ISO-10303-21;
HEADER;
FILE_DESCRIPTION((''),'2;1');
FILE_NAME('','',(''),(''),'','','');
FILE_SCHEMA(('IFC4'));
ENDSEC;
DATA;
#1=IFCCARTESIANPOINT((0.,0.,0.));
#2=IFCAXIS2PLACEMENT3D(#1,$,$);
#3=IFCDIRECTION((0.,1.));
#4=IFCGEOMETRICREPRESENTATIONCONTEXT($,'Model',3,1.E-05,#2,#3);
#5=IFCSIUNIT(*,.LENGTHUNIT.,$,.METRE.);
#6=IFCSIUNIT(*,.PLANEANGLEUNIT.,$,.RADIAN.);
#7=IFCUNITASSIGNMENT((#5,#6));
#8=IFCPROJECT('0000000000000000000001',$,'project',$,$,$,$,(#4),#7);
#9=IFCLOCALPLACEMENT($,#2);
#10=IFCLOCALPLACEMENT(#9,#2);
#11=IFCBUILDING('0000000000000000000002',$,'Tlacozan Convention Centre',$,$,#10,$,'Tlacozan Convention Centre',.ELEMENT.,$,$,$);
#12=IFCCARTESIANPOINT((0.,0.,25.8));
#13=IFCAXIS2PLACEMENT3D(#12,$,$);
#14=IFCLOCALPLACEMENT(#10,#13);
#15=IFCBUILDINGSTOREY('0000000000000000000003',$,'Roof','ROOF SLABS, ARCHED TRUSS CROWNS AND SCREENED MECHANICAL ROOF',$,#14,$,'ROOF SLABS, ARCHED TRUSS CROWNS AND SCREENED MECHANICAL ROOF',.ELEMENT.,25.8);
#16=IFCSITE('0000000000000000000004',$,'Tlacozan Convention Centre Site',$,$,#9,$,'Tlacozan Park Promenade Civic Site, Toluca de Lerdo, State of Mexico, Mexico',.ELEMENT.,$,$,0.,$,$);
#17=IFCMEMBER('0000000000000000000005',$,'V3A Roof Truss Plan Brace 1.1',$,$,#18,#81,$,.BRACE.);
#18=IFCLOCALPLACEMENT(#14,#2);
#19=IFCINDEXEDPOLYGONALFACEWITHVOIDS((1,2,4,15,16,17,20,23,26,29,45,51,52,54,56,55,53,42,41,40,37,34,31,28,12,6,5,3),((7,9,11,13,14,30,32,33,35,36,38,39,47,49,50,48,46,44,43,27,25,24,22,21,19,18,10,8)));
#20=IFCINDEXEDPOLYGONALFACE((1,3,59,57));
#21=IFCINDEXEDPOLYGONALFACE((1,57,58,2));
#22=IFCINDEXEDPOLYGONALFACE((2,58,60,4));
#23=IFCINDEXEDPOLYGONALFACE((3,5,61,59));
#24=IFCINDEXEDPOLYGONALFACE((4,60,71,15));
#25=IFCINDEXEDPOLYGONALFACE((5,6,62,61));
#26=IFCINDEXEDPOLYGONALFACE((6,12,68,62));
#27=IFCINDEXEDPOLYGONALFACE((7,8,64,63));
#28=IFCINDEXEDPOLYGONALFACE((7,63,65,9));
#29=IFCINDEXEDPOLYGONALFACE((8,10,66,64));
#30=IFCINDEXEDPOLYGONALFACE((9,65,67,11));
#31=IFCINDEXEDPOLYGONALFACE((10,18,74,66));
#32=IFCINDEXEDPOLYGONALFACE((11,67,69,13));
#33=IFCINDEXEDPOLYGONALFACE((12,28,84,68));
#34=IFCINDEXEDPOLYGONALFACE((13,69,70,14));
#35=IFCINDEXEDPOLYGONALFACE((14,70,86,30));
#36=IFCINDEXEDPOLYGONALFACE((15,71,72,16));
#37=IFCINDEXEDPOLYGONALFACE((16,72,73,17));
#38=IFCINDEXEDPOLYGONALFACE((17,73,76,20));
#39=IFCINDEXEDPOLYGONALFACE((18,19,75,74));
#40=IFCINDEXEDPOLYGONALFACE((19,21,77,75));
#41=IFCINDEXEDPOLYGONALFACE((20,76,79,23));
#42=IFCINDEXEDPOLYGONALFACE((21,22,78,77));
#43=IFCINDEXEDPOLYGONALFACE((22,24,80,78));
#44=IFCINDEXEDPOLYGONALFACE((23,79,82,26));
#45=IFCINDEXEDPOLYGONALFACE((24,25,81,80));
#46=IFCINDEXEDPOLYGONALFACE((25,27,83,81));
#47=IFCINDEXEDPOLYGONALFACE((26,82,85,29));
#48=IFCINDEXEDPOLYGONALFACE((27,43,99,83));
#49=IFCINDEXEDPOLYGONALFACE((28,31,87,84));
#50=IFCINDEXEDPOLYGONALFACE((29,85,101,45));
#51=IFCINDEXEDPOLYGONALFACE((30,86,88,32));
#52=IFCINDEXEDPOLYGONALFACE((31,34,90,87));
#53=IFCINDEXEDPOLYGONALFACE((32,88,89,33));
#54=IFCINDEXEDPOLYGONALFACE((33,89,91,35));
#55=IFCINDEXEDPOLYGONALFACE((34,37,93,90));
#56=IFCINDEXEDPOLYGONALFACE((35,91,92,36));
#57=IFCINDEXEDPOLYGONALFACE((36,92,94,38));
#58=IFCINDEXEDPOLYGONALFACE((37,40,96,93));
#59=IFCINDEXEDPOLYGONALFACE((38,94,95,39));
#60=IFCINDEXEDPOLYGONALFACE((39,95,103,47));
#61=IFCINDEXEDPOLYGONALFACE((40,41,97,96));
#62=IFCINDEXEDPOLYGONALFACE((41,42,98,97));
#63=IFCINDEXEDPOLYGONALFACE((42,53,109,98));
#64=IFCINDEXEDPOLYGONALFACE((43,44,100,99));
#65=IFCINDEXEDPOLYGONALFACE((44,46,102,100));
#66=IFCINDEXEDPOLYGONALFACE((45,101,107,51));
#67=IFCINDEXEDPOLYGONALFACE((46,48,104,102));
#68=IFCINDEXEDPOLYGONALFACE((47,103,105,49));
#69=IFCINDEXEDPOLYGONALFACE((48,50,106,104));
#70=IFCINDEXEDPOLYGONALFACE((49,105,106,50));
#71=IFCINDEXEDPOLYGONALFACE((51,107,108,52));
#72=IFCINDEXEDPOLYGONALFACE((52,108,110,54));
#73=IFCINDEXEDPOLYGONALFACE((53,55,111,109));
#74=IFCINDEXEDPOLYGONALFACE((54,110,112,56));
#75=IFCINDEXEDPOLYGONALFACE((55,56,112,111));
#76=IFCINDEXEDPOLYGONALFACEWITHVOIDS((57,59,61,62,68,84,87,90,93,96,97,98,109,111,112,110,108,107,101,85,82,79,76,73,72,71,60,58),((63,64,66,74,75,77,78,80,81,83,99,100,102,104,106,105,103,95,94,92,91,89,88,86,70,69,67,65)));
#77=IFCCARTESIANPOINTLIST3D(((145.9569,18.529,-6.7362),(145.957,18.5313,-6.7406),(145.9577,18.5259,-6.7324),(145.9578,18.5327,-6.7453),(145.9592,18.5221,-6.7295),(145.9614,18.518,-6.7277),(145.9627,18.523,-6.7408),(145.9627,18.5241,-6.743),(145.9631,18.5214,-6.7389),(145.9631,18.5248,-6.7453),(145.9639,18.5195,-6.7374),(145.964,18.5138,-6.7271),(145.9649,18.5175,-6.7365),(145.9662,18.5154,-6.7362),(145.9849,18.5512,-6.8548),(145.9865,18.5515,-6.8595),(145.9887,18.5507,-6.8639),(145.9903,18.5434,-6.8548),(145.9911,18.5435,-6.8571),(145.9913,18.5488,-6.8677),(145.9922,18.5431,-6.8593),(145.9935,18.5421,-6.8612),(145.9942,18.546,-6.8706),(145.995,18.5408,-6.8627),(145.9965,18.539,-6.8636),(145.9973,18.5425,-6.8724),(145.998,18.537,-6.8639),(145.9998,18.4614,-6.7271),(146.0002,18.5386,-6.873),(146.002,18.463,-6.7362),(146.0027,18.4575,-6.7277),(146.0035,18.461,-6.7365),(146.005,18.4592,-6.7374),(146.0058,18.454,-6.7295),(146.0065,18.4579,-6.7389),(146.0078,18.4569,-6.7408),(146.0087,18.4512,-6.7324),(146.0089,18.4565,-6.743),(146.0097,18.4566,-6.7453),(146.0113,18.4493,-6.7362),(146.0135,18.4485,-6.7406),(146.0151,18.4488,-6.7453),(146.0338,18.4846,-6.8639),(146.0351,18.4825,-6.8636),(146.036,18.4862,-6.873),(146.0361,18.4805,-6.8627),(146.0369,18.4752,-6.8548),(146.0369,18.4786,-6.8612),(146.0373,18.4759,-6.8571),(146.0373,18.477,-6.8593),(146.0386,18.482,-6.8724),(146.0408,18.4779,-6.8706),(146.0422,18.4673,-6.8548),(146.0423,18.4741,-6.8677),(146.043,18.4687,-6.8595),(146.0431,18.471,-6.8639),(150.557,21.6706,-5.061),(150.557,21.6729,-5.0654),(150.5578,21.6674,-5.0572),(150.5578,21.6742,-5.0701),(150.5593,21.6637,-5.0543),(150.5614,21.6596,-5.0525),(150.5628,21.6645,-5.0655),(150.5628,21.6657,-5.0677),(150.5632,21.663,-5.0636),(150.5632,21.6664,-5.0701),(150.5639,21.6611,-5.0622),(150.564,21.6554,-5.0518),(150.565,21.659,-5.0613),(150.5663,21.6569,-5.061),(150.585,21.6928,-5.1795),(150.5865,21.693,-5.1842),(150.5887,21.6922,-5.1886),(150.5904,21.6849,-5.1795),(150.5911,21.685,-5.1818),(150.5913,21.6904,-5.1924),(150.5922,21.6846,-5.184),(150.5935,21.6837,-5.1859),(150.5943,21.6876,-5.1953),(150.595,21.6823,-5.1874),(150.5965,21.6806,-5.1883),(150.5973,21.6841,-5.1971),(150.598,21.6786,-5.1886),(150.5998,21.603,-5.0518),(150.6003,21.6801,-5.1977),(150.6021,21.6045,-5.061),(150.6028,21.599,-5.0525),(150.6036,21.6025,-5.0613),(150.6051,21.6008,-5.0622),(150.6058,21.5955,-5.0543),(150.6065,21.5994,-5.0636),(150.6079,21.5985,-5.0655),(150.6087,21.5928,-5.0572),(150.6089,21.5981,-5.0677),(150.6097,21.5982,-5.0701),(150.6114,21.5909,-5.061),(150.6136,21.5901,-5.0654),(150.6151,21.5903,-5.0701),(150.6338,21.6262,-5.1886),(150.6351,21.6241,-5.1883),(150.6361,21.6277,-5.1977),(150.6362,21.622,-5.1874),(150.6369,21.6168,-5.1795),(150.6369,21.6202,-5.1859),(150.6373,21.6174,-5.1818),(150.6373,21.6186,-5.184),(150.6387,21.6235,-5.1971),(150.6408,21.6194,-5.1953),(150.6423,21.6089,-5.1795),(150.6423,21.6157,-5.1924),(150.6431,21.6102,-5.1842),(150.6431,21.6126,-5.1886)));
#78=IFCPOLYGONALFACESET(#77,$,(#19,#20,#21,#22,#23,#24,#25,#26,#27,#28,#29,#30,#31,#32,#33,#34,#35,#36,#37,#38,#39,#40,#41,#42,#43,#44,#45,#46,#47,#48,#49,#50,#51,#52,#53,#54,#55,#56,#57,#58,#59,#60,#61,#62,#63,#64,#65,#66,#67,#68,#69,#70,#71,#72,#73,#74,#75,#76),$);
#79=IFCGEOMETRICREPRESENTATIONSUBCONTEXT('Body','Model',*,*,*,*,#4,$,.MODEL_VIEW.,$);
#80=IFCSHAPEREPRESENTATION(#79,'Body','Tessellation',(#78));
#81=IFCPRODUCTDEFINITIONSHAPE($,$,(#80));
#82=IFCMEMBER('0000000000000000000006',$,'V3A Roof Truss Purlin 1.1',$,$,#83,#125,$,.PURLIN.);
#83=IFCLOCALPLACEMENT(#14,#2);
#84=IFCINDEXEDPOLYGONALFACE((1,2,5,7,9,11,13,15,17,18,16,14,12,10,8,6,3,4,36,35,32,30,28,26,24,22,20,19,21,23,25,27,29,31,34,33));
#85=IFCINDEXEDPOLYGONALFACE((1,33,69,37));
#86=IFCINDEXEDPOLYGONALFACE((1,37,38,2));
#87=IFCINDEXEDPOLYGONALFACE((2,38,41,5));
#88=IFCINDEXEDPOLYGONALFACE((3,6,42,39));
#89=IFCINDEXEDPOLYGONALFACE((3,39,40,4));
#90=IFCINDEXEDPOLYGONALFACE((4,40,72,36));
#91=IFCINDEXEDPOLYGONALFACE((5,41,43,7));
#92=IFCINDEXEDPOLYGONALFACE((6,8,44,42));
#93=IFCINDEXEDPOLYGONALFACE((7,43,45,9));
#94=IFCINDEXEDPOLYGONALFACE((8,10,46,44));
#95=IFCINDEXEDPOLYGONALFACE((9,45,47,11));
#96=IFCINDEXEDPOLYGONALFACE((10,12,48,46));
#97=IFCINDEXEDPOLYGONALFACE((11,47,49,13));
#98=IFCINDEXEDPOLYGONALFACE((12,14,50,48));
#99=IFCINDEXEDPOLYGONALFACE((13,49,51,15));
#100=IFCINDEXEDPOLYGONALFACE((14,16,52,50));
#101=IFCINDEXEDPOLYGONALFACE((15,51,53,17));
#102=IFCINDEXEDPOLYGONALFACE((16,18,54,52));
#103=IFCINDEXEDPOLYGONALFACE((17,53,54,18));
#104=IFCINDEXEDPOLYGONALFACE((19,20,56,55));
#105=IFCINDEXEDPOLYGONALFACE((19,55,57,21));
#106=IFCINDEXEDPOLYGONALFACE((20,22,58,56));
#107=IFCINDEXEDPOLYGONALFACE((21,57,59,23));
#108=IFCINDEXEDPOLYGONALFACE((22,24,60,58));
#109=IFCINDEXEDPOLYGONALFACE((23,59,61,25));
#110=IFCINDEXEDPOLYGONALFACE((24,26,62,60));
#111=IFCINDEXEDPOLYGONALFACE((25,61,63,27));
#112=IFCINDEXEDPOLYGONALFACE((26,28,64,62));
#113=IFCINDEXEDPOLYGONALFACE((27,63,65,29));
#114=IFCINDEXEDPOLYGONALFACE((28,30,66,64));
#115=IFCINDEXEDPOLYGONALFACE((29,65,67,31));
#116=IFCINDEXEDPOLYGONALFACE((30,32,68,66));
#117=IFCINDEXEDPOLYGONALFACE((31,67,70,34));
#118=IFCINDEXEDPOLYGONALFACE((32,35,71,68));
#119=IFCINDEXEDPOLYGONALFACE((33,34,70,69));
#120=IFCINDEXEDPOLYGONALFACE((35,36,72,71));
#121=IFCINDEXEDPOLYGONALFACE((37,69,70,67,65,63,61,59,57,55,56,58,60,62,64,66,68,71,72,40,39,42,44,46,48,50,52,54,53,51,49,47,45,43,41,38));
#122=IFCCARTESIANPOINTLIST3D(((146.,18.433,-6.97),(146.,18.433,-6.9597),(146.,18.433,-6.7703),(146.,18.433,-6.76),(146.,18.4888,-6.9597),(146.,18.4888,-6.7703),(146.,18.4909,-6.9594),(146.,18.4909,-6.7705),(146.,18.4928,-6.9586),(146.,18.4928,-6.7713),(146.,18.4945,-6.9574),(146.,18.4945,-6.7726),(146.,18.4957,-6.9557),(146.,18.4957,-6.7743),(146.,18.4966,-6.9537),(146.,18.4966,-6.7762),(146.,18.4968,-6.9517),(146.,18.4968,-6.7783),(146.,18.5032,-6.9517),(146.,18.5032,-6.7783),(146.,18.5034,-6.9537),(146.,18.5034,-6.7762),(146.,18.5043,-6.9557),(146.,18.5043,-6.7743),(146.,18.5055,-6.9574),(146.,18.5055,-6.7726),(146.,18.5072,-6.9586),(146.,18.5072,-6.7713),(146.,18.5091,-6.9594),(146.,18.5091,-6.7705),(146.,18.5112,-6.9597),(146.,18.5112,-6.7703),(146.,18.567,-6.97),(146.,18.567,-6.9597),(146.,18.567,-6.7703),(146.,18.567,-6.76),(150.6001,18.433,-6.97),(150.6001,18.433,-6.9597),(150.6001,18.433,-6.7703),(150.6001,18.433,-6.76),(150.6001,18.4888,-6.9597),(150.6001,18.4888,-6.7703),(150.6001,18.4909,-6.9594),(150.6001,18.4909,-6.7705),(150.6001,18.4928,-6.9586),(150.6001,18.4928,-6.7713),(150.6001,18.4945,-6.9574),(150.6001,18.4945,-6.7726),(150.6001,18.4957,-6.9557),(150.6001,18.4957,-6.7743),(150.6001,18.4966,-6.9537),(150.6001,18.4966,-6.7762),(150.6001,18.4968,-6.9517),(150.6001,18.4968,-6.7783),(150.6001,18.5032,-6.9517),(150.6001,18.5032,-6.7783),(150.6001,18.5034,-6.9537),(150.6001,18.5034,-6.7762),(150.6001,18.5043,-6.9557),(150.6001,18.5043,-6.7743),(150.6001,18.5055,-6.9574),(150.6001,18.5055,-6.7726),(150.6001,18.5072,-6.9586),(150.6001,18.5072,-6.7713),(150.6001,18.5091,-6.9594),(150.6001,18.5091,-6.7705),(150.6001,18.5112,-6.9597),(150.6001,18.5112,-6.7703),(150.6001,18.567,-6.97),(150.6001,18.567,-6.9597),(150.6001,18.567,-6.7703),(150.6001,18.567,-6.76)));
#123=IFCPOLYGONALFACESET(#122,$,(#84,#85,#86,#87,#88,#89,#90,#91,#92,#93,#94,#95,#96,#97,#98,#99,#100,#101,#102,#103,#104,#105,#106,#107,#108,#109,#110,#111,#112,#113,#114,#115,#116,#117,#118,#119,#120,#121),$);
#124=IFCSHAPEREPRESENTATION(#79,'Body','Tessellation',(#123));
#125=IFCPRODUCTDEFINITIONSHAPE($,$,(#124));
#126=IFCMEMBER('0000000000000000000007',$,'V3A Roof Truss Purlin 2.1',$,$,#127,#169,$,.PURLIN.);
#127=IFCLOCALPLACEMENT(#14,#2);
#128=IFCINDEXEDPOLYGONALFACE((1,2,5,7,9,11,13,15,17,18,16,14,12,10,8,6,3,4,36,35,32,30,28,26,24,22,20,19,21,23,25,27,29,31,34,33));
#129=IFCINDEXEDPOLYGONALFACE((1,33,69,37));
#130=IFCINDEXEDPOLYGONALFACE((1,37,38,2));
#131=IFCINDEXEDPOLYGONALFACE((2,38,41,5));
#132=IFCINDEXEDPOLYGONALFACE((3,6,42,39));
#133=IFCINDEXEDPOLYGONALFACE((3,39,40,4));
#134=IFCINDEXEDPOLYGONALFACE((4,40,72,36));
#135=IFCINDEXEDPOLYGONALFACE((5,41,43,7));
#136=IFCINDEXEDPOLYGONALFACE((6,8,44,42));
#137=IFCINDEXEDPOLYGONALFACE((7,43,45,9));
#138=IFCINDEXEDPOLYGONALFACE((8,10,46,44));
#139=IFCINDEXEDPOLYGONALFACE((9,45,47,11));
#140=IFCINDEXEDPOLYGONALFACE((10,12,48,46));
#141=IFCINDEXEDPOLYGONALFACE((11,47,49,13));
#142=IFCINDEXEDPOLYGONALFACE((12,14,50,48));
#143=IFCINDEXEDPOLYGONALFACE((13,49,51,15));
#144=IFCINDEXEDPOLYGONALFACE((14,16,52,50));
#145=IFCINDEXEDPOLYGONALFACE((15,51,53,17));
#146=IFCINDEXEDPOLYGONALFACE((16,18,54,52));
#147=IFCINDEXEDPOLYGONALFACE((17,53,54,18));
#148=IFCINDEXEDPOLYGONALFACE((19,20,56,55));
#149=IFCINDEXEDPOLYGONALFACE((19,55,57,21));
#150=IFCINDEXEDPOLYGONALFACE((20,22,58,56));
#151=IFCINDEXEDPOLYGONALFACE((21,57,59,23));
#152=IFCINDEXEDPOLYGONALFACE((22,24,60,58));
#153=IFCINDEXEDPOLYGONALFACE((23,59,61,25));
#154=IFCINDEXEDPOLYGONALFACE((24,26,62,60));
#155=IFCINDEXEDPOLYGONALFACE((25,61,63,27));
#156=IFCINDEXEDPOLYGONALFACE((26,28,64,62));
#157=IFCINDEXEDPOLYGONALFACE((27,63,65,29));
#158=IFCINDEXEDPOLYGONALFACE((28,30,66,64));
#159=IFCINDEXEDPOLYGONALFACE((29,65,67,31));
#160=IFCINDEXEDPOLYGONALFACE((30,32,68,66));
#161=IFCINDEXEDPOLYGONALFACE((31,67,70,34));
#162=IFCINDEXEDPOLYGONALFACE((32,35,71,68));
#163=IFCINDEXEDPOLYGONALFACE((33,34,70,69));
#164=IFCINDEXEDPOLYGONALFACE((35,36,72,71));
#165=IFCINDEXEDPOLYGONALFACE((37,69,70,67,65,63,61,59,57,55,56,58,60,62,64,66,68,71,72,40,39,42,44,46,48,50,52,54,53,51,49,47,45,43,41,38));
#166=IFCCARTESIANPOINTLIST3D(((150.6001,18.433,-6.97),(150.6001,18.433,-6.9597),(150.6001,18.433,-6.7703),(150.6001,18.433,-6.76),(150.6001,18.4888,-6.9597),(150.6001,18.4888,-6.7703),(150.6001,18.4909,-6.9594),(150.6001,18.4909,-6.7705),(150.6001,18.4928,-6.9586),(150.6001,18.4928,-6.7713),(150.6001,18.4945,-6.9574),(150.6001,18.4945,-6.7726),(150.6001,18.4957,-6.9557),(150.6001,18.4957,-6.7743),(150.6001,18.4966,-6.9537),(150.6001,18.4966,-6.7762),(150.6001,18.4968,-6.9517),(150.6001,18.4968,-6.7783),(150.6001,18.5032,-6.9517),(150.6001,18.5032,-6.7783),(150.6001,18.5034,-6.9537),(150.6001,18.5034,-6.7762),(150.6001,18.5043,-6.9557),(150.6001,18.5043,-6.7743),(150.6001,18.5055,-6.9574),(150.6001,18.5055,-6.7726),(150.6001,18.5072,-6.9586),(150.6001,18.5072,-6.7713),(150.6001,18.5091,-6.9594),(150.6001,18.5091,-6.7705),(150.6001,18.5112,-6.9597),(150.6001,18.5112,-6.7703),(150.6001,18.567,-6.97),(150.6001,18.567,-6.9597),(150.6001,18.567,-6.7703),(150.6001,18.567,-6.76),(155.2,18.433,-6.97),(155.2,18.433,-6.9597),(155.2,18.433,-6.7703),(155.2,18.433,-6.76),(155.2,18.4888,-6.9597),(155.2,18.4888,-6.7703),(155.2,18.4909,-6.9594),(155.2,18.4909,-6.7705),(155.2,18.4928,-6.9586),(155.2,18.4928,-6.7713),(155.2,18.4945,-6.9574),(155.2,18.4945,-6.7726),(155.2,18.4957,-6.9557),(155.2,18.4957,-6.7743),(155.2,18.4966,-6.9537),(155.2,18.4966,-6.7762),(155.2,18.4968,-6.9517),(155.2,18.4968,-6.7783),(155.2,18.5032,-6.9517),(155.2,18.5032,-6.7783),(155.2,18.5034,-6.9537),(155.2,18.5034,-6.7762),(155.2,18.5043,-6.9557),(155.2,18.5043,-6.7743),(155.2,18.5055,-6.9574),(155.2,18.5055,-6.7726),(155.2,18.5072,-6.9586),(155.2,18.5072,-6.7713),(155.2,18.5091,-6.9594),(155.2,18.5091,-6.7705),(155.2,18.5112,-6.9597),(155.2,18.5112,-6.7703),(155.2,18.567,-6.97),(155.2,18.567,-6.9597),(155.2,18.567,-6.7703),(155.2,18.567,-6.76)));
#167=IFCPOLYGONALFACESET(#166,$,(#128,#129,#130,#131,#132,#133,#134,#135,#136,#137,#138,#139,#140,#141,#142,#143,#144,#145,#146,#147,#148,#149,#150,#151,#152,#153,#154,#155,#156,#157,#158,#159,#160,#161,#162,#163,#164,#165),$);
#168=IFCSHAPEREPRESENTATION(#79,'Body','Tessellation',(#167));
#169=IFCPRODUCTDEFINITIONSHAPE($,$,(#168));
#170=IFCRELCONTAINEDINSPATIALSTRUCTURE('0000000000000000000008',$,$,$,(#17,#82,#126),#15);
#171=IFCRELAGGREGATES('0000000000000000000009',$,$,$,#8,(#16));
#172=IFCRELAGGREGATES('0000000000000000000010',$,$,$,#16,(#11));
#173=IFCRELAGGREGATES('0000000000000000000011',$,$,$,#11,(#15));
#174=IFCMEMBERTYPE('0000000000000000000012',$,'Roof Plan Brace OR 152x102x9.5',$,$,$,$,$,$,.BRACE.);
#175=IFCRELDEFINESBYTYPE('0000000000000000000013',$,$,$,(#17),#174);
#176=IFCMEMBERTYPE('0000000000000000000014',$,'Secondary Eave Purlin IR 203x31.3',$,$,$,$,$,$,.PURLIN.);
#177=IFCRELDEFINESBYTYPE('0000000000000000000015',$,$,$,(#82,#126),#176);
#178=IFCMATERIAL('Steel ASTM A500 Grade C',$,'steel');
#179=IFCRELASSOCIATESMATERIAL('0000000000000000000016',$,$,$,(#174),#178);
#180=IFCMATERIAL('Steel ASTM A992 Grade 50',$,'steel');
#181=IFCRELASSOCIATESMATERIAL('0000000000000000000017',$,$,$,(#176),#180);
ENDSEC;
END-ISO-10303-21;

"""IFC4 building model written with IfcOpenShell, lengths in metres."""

from ifc_helpers import new_model, si_unit, direction, frame, origin, origin_2d, place, context, subcontext, project, spatial, hollow_rectangle, i_section, extrude, material, material_profile, profile_set, type_object, element, save


model = new_model("IFC4")

# Units and contexts
model_context = context("Model", 3, precision=1e-05, world=origin(), true_north=direction((0.0, 1.0)))
body_context = subcontext(model_context, "Body", "Model", "MODEL_VIEW")
ifc_project = project(units=[si_unit("LENGTHUNIT", "METRE"), si_unit("PLANEANGLEUNIT", "RADIAN")], contexts=[model_context])

# Site, building, storey
site_placement = place(None, origin())
site = spatial("IfcSite", under=ifc_project, at=site_placement, Name="Tlacozan Convention Centre Site", LongName="Tlacozan Park Promenade Civic Site, Toluca de Lerdo, State of Mexico, Mexico", CompositionType="ELEMENT", RefElevation=0.0)
building_placement = place(site_placement, origin())
building = spatial("IfcBuilding", under=site, at=building_placement, Name="Tlacozan Convention Centre", LongName="Tlacozan Convention Centre", CompositionType="ELEMENT")
storey_placement = place(building_placement, frame((0.0, 0.0, 25.8)))
storey = spatial("IfcBuildingStorey", under=building, at=storey_placement, Name="Roof", Description="ROOF SLABS, ARCHED TRUSS CROWNS AND SCREENED MECHANICAL ROOF", LongName="ROOF SLABS, ARCHED TRUSS CROWNS AND SCREENED MECHANICAL ROOF", CompositionType="ELEMENT", Elevation=25.8)

# Members
ifc_material_1 = material(Name="Steel ASTM A500 Grade C", Category="steel")
ifc_material_profile_1 = material_profile(ifc_material_1, hollow_rectangle(XDim=0.1016, YDim=0.1523, WallThickness=0.0095, InnerFilletRadius=0.0095, OuterFilletRadius=0.019, at=origin_2d()), Name="OR 152x102x9.5")
ifc_profile_set_1 = profile_set([ifc_material_profile_1], Name="Steel ASTM A500 Grade C")
member_type_1 = type_object("IfcMemberType", Name="Roof Plan Brace OR 152x102x9.5", PredefinedType="BRACE", material=ifc_profile_set_1)
member_1_placement = place(storey_placement, frame((146.0, 18.5, -6.8), z_axis=(0.790806, 0.540075, 0.288001), x_axis=(-0.56397, 0.825795, 0.0)))
element("IfcMember", 1, at=member_1_placement, inside=storey, type_object=member_type_1, Name="V3A Roof Truss Plan Brace 1.1", PredefinedType="BRACE", context=body_context, shape_type="SweptSolid", body=[
    extrude(hollow_rectangle(XDim=0.1016, YDim=0.1523, WallThickness=0.0095, InnerFilletRadius=0.0095, OuterFilletRadius=0.019, at=origin_2d()), origin(), (0.0, 0.0, 1.0), 5.8169),
])
ifc_material_2 = material(Name="Steel ASTM A992 Grade 50", Category="steel")
ifc_material_profile_2 = material_profile(ifc_material_2, i_section(OverallWidth=0.134, OverallDepth=0.21, WebThickness=0.0063, FlangeThickness=0.0103, FilletRadius=0.0081, at=origin_2d()), Name="IR 203x31.3")
ifc_profile_set_2 = profile_set([ifc_material_profile_2], Name="Steel ASTM A992 Grade 50")
member_type_2 = type_object("IfcMemberType", Name="Secondary Eave Purlin IR 203x31.3", PredefinedType="PURLIN", material=ifc_profile_set_2)
member_2_placement = place(storey_placement, frame((146.0, 18.5, -6.865), z_axis=(1.0, 0.0, 0.0), x_axis=(0.0, 1.0, 0.0)))
element("IfcMember", 2, at=member_2_placement, inside=storey, type_object=member_type_2, Name="V3A Roof Truss Purlin 1.1", PredefinedType="PURLIN", context=body_context, shape_type="SweptSolid", body=[
    extrude(i_section(OverallWidth=0.134, OverallDepth=0.21, WebThickness=0.0063, FlangeThickness=0.0103, FilletRadius=0.0081, at=origin_2d()), origin(), (0.0, 0.0, 1.0), 4.6001),
])
member_3_placement = place(storey_placement, frame((150.6001, 18.5, -6.865), z_axis=(1.0, 0.0, 0.0), x_axis=(0.0, 1.0, 0.0)))
element("IfcMember", 3, at=member_3_placement, inside=storey, type_object=member_type_2, Name="V3A Roof Truss Purlin 2.1", PredefinedType="PURLIN", context=body_context, shape_type="SweptSolid", body=[
    extrude(i_section(OverallWidth=0.134, OverallDepth=0.21, WebThickness=0.0063, FlangeThickness=0.0103, FilletRadius=0.0081, at=origin_2d()), origin(), (0.0, 0.0, 1.0), 4.5999),
])

save(model, "model.ifc")
